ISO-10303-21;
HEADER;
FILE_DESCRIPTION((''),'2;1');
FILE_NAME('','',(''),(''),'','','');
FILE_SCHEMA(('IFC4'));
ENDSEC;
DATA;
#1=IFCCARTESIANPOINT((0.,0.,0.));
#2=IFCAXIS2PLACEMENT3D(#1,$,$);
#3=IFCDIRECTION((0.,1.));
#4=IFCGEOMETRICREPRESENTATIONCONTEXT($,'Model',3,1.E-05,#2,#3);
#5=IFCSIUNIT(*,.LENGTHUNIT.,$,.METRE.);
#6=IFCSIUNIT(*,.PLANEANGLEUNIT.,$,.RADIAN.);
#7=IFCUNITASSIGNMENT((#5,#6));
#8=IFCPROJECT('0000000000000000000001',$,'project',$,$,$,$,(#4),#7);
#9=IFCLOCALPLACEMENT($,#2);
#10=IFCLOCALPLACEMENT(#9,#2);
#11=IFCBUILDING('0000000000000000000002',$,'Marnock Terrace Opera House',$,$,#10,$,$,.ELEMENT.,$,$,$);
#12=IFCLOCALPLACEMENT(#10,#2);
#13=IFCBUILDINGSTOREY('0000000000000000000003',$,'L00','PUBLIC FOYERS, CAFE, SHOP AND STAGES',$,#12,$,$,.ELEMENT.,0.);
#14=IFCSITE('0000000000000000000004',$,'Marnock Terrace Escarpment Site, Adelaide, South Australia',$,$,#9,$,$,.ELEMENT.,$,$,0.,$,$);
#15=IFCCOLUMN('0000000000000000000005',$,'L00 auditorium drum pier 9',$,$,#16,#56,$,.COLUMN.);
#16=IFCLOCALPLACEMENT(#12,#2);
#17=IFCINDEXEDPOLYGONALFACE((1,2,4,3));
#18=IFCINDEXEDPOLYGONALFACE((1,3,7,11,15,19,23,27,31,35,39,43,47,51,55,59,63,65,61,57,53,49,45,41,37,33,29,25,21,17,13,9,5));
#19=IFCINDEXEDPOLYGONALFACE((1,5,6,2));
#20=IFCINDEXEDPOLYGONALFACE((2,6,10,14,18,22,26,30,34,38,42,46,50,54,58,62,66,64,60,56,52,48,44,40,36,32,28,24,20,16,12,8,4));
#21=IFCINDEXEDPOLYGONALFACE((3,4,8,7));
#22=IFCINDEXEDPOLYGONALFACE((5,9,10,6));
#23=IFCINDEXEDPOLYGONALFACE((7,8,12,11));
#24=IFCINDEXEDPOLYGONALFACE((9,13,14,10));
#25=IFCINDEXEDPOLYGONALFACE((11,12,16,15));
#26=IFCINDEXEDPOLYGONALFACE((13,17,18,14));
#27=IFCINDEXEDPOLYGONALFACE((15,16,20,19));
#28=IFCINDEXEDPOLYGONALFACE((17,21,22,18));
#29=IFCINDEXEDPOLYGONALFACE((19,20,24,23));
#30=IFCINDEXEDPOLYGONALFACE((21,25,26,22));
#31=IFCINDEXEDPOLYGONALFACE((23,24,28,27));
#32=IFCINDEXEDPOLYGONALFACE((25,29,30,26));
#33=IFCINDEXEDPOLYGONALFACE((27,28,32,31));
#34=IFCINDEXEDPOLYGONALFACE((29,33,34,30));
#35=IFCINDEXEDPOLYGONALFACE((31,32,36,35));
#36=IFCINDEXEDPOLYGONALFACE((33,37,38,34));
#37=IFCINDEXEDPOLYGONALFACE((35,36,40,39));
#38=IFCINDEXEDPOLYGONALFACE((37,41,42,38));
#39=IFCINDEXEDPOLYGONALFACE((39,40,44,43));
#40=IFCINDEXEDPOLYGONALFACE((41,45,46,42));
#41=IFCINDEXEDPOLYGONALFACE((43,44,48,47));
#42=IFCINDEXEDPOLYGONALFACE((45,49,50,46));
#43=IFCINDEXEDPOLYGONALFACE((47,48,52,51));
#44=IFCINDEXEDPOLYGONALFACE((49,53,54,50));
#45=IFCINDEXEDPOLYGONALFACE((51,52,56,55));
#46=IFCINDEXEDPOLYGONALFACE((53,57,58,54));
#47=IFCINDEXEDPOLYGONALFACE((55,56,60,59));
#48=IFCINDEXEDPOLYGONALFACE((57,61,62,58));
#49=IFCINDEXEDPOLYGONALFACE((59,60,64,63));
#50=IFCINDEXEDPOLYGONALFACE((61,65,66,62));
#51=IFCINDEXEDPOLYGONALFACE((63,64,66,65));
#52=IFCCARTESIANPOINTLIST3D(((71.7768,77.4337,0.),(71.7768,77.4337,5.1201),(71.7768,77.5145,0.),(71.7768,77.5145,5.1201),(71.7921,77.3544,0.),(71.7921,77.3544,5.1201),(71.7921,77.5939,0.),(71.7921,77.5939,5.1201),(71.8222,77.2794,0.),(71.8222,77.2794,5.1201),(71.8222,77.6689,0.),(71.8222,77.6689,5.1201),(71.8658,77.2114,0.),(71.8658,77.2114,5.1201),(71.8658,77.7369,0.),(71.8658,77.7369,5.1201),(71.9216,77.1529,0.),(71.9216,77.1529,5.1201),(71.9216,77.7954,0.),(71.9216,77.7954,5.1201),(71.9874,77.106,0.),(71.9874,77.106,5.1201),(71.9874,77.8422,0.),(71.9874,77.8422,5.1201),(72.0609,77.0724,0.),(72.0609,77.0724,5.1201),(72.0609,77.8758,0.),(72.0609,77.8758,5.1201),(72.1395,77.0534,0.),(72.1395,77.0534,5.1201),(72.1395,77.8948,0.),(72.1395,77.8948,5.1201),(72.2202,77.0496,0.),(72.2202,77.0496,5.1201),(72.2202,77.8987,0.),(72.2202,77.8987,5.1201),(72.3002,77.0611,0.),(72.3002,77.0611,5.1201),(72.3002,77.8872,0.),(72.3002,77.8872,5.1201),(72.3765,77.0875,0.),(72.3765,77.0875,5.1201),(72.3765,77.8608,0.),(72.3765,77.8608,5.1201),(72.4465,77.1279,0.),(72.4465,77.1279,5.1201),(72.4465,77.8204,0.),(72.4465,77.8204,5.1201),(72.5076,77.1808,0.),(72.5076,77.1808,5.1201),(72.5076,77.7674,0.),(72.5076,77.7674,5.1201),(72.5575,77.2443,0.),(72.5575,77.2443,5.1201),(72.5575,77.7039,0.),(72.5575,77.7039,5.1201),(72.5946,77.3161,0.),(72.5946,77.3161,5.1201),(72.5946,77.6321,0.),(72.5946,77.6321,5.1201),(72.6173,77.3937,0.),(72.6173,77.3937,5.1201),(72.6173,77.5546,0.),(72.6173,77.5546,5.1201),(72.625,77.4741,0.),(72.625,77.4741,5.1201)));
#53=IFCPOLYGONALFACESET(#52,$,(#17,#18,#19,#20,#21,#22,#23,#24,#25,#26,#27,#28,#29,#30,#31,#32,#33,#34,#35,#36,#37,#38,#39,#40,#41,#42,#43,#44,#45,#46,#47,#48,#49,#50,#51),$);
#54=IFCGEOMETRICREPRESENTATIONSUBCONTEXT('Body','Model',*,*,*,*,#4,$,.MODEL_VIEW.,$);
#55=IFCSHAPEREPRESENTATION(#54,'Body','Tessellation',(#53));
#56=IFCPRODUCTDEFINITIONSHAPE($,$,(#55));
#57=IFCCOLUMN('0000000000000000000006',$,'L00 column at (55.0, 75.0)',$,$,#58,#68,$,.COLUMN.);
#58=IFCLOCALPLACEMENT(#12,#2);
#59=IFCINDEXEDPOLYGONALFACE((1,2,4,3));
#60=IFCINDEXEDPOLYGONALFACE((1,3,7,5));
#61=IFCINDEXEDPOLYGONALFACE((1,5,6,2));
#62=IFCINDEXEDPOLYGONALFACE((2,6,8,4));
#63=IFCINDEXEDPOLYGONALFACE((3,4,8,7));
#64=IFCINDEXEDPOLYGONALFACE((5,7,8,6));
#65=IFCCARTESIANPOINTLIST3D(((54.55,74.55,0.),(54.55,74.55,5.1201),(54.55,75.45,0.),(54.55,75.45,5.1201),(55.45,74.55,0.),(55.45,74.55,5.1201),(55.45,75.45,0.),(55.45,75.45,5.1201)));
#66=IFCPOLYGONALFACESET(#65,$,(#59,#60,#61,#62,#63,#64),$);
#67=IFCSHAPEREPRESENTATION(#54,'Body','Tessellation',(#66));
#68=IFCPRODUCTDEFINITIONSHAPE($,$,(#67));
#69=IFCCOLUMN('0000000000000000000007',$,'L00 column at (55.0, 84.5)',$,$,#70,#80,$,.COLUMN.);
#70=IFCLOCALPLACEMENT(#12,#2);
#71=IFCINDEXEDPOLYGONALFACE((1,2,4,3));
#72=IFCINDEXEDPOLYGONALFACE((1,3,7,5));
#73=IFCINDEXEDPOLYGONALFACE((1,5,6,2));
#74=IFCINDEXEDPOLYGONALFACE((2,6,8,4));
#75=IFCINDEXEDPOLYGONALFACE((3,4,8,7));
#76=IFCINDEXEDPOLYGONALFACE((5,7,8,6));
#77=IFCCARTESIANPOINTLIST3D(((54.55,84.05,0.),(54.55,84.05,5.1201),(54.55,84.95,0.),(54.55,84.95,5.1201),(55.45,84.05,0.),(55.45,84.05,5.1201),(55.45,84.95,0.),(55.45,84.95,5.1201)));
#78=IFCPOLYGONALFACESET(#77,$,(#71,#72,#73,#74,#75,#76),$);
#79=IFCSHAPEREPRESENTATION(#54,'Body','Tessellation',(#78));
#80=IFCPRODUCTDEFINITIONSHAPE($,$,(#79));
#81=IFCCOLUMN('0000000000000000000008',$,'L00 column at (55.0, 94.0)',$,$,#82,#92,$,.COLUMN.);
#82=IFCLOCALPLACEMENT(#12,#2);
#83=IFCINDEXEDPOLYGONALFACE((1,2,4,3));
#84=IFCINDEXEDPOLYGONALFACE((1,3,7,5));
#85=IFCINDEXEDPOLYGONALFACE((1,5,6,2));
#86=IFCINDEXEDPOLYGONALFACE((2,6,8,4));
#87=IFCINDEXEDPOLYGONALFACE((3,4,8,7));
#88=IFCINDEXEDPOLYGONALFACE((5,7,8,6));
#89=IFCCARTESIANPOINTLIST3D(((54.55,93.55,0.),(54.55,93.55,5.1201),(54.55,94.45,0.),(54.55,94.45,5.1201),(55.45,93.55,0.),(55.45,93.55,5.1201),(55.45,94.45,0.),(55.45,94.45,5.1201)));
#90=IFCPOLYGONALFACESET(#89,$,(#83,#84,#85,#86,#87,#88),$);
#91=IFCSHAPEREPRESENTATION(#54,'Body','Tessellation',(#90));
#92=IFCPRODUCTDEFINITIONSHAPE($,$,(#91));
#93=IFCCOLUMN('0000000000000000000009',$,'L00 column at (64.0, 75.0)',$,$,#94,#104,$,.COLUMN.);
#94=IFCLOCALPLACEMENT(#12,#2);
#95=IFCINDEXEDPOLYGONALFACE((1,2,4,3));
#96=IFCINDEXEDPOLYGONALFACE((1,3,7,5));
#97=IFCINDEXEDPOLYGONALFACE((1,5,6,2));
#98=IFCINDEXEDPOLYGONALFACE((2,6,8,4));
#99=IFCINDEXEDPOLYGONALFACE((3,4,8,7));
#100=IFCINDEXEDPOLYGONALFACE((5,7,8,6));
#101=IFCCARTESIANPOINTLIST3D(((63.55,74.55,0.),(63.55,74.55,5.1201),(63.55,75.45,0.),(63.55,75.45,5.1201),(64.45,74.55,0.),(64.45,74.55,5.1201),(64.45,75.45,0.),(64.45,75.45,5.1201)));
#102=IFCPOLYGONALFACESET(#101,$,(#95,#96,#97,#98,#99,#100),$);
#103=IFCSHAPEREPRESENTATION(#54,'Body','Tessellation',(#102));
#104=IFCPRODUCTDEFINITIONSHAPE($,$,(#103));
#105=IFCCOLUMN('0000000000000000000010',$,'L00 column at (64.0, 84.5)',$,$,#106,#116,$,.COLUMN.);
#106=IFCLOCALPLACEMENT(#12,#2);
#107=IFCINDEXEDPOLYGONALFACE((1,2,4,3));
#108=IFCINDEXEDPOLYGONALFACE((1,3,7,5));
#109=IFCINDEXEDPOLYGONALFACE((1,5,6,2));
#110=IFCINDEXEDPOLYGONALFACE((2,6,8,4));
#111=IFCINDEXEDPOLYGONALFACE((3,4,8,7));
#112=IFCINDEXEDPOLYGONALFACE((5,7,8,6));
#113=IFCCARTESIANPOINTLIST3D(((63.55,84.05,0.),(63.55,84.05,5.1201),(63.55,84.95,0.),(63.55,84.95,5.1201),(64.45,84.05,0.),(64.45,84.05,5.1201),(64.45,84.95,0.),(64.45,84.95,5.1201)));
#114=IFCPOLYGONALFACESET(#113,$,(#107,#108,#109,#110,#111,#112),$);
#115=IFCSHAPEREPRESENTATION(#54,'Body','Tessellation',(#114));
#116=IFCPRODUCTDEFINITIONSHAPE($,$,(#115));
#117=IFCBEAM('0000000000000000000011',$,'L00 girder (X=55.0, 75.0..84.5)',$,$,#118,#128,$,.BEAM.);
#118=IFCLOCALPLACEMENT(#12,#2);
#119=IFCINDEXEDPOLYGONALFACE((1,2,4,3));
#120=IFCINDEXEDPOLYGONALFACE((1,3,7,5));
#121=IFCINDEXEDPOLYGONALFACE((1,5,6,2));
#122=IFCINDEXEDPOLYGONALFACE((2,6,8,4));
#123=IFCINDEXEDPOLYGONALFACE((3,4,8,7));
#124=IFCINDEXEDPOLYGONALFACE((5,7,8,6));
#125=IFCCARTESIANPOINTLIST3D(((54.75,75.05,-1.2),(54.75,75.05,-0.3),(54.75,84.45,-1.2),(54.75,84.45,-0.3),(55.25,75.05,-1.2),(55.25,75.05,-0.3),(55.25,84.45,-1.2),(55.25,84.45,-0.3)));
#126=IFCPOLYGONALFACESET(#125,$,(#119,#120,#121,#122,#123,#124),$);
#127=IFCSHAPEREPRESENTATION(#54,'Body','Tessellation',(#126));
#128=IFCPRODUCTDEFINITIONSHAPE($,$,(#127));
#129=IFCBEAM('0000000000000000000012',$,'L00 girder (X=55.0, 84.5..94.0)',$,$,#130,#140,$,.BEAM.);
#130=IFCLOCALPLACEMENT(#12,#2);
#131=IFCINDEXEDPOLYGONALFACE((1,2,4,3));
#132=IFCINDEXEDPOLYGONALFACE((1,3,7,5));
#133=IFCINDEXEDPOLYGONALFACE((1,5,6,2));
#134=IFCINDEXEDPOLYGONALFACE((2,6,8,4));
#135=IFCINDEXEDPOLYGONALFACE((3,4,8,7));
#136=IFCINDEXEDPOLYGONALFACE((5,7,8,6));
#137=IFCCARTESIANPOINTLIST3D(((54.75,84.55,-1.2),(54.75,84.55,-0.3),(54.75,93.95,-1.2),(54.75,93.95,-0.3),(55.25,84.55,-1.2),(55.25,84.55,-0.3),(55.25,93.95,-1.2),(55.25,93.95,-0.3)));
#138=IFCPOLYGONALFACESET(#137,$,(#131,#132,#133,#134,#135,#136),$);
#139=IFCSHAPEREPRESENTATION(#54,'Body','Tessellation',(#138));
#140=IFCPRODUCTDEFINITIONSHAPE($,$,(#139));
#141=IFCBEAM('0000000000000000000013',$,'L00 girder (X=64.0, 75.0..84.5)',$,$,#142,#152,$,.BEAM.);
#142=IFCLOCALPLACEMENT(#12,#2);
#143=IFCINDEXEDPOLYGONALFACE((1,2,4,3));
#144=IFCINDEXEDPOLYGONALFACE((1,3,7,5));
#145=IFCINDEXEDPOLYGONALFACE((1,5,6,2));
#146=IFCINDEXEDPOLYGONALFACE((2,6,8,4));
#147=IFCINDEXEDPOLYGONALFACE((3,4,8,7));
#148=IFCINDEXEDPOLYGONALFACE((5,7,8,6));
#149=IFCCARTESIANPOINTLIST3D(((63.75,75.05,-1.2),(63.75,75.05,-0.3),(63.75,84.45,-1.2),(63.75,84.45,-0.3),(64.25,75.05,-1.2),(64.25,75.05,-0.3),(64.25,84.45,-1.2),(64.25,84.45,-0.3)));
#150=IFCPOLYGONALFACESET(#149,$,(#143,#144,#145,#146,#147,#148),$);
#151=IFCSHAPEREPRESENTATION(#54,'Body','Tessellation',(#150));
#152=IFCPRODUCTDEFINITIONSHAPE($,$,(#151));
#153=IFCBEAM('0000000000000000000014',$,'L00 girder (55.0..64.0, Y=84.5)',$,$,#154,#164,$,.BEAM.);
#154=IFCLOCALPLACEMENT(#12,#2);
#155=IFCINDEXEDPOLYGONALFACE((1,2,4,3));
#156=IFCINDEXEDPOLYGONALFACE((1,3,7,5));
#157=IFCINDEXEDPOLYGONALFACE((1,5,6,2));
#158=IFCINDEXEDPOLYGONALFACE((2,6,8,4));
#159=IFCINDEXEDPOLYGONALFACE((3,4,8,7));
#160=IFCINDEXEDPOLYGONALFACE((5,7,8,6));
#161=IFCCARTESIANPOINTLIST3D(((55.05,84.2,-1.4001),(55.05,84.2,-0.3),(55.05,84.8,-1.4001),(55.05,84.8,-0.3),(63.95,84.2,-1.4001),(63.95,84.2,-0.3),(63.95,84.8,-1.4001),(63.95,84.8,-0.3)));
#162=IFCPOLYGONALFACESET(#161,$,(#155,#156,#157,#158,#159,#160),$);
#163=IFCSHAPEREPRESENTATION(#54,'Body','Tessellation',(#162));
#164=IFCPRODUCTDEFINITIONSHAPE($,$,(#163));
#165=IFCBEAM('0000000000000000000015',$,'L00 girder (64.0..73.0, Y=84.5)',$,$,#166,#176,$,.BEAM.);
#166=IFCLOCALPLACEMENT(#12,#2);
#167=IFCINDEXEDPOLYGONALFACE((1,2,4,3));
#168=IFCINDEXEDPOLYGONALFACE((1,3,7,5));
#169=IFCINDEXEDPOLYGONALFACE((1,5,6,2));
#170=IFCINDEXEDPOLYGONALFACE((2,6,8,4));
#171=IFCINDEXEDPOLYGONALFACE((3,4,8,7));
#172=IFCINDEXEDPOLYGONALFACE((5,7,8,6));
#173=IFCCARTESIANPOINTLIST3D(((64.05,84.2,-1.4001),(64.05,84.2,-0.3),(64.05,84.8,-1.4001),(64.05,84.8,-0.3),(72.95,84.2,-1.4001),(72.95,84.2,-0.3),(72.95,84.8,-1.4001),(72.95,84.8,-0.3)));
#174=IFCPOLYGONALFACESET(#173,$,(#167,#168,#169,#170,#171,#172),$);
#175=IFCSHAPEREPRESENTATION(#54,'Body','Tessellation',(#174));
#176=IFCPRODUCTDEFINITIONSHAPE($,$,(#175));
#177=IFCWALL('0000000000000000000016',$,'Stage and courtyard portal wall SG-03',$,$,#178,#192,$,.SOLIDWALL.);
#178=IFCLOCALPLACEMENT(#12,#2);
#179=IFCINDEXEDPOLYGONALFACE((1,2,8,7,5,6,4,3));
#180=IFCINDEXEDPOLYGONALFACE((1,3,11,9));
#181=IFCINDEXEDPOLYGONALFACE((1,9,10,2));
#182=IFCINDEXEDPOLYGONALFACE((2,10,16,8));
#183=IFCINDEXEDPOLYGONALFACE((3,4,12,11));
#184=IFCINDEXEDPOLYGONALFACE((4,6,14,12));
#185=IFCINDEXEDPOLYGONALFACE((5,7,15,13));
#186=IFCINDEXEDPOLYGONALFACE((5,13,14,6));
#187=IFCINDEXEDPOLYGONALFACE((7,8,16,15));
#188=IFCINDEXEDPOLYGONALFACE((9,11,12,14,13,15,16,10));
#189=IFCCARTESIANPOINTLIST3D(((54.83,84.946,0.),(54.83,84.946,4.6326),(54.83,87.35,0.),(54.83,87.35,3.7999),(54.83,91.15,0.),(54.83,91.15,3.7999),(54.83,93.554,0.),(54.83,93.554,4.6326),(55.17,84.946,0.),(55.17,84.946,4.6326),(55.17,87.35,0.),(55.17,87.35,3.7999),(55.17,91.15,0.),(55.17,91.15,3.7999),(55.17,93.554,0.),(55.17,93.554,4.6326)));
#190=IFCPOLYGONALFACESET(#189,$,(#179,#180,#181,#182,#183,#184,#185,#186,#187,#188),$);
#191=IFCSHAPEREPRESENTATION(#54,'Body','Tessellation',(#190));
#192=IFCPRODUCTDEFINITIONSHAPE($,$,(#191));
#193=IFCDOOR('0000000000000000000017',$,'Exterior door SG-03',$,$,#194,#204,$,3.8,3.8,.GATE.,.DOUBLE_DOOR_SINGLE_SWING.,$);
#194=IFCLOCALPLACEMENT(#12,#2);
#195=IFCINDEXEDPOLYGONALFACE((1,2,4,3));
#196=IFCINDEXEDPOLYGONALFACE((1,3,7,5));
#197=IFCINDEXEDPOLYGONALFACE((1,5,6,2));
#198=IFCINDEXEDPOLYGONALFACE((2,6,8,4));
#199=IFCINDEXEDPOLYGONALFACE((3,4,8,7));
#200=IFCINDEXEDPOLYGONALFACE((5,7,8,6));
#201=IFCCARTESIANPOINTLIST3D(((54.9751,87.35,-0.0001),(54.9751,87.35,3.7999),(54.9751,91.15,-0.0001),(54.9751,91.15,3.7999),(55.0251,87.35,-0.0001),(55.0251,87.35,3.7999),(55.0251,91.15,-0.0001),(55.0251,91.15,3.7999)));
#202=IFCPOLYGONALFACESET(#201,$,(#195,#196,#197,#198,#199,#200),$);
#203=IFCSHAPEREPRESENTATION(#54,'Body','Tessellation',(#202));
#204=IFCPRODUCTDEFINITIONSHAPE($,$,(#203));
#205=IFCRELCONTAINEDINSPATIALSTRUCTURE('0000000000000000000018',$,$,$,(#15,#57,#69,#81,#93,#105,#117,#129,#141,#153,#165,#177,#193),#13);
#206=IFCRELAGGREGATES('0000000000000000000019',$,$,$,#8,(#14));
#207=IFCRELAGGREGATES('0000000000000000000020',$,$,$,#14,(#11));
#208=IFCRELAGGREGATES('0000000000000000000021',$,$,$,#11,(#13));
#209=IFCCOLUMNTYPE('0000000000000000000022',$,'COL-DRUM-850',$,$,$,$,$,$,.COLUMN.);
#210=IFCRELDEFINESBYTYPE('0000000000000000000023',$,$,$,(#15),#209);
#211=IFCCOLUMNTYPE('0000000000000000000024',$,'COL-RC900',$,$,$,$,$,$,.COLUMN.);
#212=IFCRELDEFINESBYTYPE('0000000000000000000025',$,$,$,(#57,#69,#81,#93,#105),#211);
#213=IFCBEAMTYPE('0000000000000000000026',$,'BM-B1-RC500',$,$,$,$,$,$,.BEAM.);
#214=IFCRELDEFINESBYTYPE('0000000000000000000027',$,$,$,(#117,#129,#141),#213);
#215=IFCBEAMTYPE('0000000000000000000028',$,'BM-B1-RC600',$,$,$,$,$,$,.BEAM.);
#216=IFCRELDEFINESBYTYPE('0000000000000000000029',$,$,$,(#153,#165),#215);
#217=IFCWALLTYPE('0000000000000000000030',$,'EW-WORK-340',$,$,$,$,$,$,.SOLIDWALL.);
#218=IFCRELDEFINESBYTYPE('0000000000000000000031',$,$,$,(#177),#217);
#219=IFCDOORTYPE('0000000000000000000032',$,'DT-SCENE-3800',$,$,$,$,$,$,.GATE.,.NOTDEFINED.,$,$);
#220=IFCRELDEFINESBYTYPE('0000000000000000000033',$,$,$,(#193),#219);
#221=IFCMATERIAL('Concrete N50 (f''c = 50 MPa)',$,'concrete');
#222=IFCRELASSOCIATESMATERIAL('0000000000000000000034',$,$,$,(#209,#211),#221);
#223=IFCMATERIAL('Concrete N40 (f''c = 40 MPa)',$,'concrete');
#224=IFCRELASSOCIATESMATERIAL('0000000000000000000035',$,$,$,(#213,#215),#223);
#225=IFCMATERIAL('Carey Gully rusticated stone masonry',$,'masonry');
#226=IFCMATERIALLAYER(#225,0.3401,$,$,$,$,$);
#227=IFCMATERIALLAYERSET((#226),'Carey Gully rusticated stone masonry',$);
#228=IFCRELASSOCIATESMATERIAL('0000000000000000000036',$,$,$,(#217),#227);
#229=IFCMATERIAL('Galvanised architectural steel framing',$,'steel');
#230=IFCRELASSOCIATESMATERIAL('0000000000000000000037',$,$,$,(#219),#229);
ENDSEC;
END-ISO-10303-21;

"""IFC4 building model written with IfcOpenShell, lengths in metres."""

from ifc_helpers import new_model, si_unit, direction, frame, frame_2d, origin, origin_2d, place, context, subcontext, project, spatial, rectangle, circle, extrude, material, layer, layer_set, material_profile, profile_set, type_object, element, fill, save


model = new_model("IFC4")

# Units and contexts
model_context = context("Model", 3, precision=1e-05, world=origin(), true_north=direction((0.0, 1.0)))
body_context = subcontext(model_context, "Body", "Model", "MODEL_VIEW")
ifc_project = project(units=[si_unit("LENGTHUNIT", "METRE"), si_unit("PLANEANGLEUNIT", "RADIAN")], contexts=[model_context])

# Site, building, storey
site_placement = place(None, origin())
site = spatial("IfcSite", under=ifc_project, at=site_placement, Name="Marnock Terrace Escarpment Site, Adelaide, South Australia", CompositionType="ELEMENT", RefElevation=0.0)
building_placement = place(site_placement, origin())
building = spatial("IfcBuilding", under=site, at=building_placement, Name="Marnock Terrace Opera House", CompositionType="ELEMENT")
storey_placement = place(building_placement, origin())
storey = spatial("IfcBuildingStorey", under=building, at=storey_placement, Name="L00", Description="PUBLIC FOYERS, CAFE, SHOP AND STAGES", CompositionType="ELEMENT", Elevation=0.0)

# Columns
ifc_material_1 = material(Name="Concrete N50 (f'c = 50 MPa)", Category="concrete")
ifc_material_profile_1 = material_profile(ifc_material_1, circle(Radius=0.425, at=origin_2d()))
ifc_profile_set_1 = profile_set([ifc_material_profile_1], Name="Concrete N50 (f'c = 50 MPa)")
column_type_1 = type_object("IfcColumnType", Name="COL-DRUM-850", PredefinedType="COLUMN", material=ifc_profile_set_1)
column_placement = place(storey_placement, frame((72.2, 77.4741, 0.0), z_axis=(0.0, 0.0, 1.0), x_axis=(1.0, 0.0, 0.0)))
element("IfcColumn", 1, at=column_placement, inside=storey, type_object=column_type_1, Name="L00 auditorium drum pier 9", PredefinedType="COLUMN", context=body_context, shape_type="SweptSolid", body=[
    extrude(circle(Radius=0.425, at=origin_2d()), origin(), (0.0, 0.0, 1.0), 5.1201),
])
ifc_material_profile_2 = material_profile(ifc_material_1, rectangle(XDim=0.8999, YDim=0.8999, at=origin_2d()))
ifc_profile_set_2 = profile_set([ifc_material_profile_2], Name="Concrete N50 (f'c = 50 MPa)")
column_type_2 = type_object("IfcColumnType", Name="COL-RC900", PredefinedType="COLUMN", material=ifc_profile_set_2)
for number, where, z_axis, x_axis, name in (
    (2, (55.0, 75.0, 0.0), (0.0, 0.0, 1.0), (1.0, 0.0, 0.0), "L00 column at (55.0, 75.0)"),
    (3, (55.0, 84.5, 0.0), (0.0, 0.0, 1.0), (1.0, 0.0, 0.0), "L00 column at (55.0, 84.5)"),
    (4, (55.0, 94.0, 0.0), (0.0, 0.0, 1.0), (1.0, 0.0, 0.0), "L00 column at (55.0, 94.0)"),
    (5, (64.0, 75.0, 0.0), (0.0, 0.0, 1.0), (1.0, 0.0, 0.0), "L00 column at (64.0, 75.0)"),
    (6, (64.0, 84.5, 0.0), (0.0, 0.0, 1.0), (1.0, 0.0, 0.0), "L00 column at (64.0, 84.5)"),
):
    element("IfcColumn", number, at=place(storey_placement, frame(where, z_axis=z_axis, x_axis=x_axis)), inside=storey, type_object=column_type_2, Name=name, PredefinedType="COLUMN", context=body_context, shape_type="SweptSolid", body=[
        extrude(rectangle(XDim=0.8999, YDim=0.8999, at=origin_2d()), origin(), (0.0, 0.0, 1.0), 5.1201),
    ])

# Beams
ifc_material_2 = material(Name="Concrete N40 (f'c = 40 MPa)", Category="concrete")
ifc_material_profile_3 = material_profile(ifc_material_2, rectangle(XDim=0.5, YDim=0.8999, at=origin_2d()))
ifc_profile_set_3 = profile_set([ifc_material_profile_3], Name="Concrete N40 (f'c = 40 MPa)")
beam_type_1 = type_object("IfcBeamType", Name="BM-B1-RC500", PredefinedType="BEAM", material=ifc_profile_set_3)
for number, where, z_axis, x_axis, name in (
    (7, (55.0, 75.05, -0.75), (0.0, 1.0, 0.0), (-1.0, 0.0, 0.0), "L00 girder (X=55.0, 75.0..84.5)"),
    (8, (55.0, 84.55, -0.75), (0.0, 1.0, 0.0), (-1.0, 0.0, 0.0), "L00 girder (X=55.0, 84.5..94.0)"),
    (9, (64.0, 75.05, -0.75), (0.0, 1.0, 0.0), (-1.0, 0.0, 0.0), "L00 girder (X=64.0, 75.0..84.5)"),
):
    element("IfcBeam", number, at=place(storey_placement, frame(where, z_axis=z_axis, x_axis=x_axis)), inside=storey, type_object=beam_type_1, Name=name, PredefinedType="BEAM", context=body_context, shape_type="SweptSolid", body=[
        extrude(rectangle(XDim=0.5, YDim=0.8999, at=origin_2d()), origin(), (0.0, 0.0, 1.0), 9.3999),
    ])
ifc_material_profile_4 = material_profile(ifc_material_2, rectangle(XDim=0.6001, YDim=1.1001, at=origin_2d()))
ifc_profile_set_4 = profile_set([ifc_material_profile_4], Name="Concrete N40 (f'c = 40 MPa)")
beam_type_2 = type_object("IfcBeamType", Name="BM-B1-RC600", PredefinedType="BEAM", material=ifc_profile_set_4)
for number, where, z_axis, x_axis, name in (
    (10, (55.05, 84.5, -0.8501), (1.0, 0.0, 0.0), (0.0, 1.0, 0.0), "L00 girder (55.0..64.0, Y=84.5)"),
    (11, (64.05, 84.5, -0.8501), (1.0, 0.0, 0.0), (0.0, 1.0, 0.0), "L00 girder (64.0..73.0, Y=84.5)"),
):
    element("IfcBeam", number, at=place(storey_placement, frame(where, z_axis=z_axis, x_axis=x_axis)), inside=storey, type_object=beam_type_2, Name=name, PredefinedType="BEAM", context=body_context, shape_type="SweptSolid", body=[
        extrude(rectangle(XDim=0.6001, YDim=1.1001, at=origin_2d()), origin(), (0.0, 0.0, 1.0), 8.8999),
    ])

# Wall, opening, door
ifc_material_3 = material(Name="Carey Gully rusticated stone masonry", Category="masonry")
ifc_layer_1 = layer(ifc_material_3, 0.3401)
ifc_layer_set_1 = layer_set([ifc_layer_1], Name="Carey Gully rusticated stone masonry")
wall_type_1 = type_object("IfcWallType", Name="EW-WORK-340", PredefinedType="SOLIDWALL", material=ifc_layer_set_1)
wall_1_placement = place(storey_placement, frame((55.0, 84.946, 0.0), z_axis=(0.0, 0.0, 1.0), x_axis=(0.0, 1.0, 0.0)))
wall_1 = element("IfcWall", 12, at=wall_1_placement, inside=storey, type_object=wall_type_1, Name="Stage and courtyard portal wall SG-03", PredefinedType="SOLIDWALL", context=body_context, shape_type="SweptSolid", body=[
    extrude(rectangle(XDim=8.6079, YDim=0.3401, at=frame_2d((4.304, 0.0))), origin(), (0.0, 0.0, 1.0), 4.6326),
])
opening_placement = place(wall_1_placement, frame((2.4041, 0.0, 0.0)))
opening = element("IfcOpeningElement", 13, at=opening_placement, cuts=wall_1, PredefinedType="OPENING", context=body_context, shape_type="SweptSolid", body=[
    extrude(rectangle(XDim=3.8, YDim=3.8, at=frame_2d((1.8999, 1.8999))), frame((0.0, 0.1799, 0.0), z_axis=(0.0, -1.0, 0.0), x_axis=(1.0, 0.0, 0.0)), (0.0, 0.0, 1.0), 0.3601),
])
ifc_material_4 = material(Name="Galvanised architectural steel framing", Category="steel")
door_type = type_object("IfcDoorType", Name="DT-SCENE-3800", OperationType="NOTDEFINED", PredefinedType="GATE", material=ifc_material_4)
door_placement = place(opening_placement, origin())
door = element("IfcDoor", 14, at=door_placement, inside=storey, type_object=door_type, Name="Exterior door SG-03", OperationType="DOUBLE_DOOR_SINGLE_SWING", OverallHeight=3.8, OverallWidth=3.8, PredefinedType="GATE", context=body_context, shape_type="SweptSolid", body=[
    extrude(rectangle(XDim=3.8, YDim=3.8, at=frame_2d((1.8999, 1.8999))), frame((0.0, 0.0249, 0.0), z_axis=(0.0, -1.0, 0.0), x_axis=(1.0, 0.0, 0.0)), (0.0, 0.0, 1.0), 0.05),
])
fill(opening, door)

save(model, "model.ifc")
